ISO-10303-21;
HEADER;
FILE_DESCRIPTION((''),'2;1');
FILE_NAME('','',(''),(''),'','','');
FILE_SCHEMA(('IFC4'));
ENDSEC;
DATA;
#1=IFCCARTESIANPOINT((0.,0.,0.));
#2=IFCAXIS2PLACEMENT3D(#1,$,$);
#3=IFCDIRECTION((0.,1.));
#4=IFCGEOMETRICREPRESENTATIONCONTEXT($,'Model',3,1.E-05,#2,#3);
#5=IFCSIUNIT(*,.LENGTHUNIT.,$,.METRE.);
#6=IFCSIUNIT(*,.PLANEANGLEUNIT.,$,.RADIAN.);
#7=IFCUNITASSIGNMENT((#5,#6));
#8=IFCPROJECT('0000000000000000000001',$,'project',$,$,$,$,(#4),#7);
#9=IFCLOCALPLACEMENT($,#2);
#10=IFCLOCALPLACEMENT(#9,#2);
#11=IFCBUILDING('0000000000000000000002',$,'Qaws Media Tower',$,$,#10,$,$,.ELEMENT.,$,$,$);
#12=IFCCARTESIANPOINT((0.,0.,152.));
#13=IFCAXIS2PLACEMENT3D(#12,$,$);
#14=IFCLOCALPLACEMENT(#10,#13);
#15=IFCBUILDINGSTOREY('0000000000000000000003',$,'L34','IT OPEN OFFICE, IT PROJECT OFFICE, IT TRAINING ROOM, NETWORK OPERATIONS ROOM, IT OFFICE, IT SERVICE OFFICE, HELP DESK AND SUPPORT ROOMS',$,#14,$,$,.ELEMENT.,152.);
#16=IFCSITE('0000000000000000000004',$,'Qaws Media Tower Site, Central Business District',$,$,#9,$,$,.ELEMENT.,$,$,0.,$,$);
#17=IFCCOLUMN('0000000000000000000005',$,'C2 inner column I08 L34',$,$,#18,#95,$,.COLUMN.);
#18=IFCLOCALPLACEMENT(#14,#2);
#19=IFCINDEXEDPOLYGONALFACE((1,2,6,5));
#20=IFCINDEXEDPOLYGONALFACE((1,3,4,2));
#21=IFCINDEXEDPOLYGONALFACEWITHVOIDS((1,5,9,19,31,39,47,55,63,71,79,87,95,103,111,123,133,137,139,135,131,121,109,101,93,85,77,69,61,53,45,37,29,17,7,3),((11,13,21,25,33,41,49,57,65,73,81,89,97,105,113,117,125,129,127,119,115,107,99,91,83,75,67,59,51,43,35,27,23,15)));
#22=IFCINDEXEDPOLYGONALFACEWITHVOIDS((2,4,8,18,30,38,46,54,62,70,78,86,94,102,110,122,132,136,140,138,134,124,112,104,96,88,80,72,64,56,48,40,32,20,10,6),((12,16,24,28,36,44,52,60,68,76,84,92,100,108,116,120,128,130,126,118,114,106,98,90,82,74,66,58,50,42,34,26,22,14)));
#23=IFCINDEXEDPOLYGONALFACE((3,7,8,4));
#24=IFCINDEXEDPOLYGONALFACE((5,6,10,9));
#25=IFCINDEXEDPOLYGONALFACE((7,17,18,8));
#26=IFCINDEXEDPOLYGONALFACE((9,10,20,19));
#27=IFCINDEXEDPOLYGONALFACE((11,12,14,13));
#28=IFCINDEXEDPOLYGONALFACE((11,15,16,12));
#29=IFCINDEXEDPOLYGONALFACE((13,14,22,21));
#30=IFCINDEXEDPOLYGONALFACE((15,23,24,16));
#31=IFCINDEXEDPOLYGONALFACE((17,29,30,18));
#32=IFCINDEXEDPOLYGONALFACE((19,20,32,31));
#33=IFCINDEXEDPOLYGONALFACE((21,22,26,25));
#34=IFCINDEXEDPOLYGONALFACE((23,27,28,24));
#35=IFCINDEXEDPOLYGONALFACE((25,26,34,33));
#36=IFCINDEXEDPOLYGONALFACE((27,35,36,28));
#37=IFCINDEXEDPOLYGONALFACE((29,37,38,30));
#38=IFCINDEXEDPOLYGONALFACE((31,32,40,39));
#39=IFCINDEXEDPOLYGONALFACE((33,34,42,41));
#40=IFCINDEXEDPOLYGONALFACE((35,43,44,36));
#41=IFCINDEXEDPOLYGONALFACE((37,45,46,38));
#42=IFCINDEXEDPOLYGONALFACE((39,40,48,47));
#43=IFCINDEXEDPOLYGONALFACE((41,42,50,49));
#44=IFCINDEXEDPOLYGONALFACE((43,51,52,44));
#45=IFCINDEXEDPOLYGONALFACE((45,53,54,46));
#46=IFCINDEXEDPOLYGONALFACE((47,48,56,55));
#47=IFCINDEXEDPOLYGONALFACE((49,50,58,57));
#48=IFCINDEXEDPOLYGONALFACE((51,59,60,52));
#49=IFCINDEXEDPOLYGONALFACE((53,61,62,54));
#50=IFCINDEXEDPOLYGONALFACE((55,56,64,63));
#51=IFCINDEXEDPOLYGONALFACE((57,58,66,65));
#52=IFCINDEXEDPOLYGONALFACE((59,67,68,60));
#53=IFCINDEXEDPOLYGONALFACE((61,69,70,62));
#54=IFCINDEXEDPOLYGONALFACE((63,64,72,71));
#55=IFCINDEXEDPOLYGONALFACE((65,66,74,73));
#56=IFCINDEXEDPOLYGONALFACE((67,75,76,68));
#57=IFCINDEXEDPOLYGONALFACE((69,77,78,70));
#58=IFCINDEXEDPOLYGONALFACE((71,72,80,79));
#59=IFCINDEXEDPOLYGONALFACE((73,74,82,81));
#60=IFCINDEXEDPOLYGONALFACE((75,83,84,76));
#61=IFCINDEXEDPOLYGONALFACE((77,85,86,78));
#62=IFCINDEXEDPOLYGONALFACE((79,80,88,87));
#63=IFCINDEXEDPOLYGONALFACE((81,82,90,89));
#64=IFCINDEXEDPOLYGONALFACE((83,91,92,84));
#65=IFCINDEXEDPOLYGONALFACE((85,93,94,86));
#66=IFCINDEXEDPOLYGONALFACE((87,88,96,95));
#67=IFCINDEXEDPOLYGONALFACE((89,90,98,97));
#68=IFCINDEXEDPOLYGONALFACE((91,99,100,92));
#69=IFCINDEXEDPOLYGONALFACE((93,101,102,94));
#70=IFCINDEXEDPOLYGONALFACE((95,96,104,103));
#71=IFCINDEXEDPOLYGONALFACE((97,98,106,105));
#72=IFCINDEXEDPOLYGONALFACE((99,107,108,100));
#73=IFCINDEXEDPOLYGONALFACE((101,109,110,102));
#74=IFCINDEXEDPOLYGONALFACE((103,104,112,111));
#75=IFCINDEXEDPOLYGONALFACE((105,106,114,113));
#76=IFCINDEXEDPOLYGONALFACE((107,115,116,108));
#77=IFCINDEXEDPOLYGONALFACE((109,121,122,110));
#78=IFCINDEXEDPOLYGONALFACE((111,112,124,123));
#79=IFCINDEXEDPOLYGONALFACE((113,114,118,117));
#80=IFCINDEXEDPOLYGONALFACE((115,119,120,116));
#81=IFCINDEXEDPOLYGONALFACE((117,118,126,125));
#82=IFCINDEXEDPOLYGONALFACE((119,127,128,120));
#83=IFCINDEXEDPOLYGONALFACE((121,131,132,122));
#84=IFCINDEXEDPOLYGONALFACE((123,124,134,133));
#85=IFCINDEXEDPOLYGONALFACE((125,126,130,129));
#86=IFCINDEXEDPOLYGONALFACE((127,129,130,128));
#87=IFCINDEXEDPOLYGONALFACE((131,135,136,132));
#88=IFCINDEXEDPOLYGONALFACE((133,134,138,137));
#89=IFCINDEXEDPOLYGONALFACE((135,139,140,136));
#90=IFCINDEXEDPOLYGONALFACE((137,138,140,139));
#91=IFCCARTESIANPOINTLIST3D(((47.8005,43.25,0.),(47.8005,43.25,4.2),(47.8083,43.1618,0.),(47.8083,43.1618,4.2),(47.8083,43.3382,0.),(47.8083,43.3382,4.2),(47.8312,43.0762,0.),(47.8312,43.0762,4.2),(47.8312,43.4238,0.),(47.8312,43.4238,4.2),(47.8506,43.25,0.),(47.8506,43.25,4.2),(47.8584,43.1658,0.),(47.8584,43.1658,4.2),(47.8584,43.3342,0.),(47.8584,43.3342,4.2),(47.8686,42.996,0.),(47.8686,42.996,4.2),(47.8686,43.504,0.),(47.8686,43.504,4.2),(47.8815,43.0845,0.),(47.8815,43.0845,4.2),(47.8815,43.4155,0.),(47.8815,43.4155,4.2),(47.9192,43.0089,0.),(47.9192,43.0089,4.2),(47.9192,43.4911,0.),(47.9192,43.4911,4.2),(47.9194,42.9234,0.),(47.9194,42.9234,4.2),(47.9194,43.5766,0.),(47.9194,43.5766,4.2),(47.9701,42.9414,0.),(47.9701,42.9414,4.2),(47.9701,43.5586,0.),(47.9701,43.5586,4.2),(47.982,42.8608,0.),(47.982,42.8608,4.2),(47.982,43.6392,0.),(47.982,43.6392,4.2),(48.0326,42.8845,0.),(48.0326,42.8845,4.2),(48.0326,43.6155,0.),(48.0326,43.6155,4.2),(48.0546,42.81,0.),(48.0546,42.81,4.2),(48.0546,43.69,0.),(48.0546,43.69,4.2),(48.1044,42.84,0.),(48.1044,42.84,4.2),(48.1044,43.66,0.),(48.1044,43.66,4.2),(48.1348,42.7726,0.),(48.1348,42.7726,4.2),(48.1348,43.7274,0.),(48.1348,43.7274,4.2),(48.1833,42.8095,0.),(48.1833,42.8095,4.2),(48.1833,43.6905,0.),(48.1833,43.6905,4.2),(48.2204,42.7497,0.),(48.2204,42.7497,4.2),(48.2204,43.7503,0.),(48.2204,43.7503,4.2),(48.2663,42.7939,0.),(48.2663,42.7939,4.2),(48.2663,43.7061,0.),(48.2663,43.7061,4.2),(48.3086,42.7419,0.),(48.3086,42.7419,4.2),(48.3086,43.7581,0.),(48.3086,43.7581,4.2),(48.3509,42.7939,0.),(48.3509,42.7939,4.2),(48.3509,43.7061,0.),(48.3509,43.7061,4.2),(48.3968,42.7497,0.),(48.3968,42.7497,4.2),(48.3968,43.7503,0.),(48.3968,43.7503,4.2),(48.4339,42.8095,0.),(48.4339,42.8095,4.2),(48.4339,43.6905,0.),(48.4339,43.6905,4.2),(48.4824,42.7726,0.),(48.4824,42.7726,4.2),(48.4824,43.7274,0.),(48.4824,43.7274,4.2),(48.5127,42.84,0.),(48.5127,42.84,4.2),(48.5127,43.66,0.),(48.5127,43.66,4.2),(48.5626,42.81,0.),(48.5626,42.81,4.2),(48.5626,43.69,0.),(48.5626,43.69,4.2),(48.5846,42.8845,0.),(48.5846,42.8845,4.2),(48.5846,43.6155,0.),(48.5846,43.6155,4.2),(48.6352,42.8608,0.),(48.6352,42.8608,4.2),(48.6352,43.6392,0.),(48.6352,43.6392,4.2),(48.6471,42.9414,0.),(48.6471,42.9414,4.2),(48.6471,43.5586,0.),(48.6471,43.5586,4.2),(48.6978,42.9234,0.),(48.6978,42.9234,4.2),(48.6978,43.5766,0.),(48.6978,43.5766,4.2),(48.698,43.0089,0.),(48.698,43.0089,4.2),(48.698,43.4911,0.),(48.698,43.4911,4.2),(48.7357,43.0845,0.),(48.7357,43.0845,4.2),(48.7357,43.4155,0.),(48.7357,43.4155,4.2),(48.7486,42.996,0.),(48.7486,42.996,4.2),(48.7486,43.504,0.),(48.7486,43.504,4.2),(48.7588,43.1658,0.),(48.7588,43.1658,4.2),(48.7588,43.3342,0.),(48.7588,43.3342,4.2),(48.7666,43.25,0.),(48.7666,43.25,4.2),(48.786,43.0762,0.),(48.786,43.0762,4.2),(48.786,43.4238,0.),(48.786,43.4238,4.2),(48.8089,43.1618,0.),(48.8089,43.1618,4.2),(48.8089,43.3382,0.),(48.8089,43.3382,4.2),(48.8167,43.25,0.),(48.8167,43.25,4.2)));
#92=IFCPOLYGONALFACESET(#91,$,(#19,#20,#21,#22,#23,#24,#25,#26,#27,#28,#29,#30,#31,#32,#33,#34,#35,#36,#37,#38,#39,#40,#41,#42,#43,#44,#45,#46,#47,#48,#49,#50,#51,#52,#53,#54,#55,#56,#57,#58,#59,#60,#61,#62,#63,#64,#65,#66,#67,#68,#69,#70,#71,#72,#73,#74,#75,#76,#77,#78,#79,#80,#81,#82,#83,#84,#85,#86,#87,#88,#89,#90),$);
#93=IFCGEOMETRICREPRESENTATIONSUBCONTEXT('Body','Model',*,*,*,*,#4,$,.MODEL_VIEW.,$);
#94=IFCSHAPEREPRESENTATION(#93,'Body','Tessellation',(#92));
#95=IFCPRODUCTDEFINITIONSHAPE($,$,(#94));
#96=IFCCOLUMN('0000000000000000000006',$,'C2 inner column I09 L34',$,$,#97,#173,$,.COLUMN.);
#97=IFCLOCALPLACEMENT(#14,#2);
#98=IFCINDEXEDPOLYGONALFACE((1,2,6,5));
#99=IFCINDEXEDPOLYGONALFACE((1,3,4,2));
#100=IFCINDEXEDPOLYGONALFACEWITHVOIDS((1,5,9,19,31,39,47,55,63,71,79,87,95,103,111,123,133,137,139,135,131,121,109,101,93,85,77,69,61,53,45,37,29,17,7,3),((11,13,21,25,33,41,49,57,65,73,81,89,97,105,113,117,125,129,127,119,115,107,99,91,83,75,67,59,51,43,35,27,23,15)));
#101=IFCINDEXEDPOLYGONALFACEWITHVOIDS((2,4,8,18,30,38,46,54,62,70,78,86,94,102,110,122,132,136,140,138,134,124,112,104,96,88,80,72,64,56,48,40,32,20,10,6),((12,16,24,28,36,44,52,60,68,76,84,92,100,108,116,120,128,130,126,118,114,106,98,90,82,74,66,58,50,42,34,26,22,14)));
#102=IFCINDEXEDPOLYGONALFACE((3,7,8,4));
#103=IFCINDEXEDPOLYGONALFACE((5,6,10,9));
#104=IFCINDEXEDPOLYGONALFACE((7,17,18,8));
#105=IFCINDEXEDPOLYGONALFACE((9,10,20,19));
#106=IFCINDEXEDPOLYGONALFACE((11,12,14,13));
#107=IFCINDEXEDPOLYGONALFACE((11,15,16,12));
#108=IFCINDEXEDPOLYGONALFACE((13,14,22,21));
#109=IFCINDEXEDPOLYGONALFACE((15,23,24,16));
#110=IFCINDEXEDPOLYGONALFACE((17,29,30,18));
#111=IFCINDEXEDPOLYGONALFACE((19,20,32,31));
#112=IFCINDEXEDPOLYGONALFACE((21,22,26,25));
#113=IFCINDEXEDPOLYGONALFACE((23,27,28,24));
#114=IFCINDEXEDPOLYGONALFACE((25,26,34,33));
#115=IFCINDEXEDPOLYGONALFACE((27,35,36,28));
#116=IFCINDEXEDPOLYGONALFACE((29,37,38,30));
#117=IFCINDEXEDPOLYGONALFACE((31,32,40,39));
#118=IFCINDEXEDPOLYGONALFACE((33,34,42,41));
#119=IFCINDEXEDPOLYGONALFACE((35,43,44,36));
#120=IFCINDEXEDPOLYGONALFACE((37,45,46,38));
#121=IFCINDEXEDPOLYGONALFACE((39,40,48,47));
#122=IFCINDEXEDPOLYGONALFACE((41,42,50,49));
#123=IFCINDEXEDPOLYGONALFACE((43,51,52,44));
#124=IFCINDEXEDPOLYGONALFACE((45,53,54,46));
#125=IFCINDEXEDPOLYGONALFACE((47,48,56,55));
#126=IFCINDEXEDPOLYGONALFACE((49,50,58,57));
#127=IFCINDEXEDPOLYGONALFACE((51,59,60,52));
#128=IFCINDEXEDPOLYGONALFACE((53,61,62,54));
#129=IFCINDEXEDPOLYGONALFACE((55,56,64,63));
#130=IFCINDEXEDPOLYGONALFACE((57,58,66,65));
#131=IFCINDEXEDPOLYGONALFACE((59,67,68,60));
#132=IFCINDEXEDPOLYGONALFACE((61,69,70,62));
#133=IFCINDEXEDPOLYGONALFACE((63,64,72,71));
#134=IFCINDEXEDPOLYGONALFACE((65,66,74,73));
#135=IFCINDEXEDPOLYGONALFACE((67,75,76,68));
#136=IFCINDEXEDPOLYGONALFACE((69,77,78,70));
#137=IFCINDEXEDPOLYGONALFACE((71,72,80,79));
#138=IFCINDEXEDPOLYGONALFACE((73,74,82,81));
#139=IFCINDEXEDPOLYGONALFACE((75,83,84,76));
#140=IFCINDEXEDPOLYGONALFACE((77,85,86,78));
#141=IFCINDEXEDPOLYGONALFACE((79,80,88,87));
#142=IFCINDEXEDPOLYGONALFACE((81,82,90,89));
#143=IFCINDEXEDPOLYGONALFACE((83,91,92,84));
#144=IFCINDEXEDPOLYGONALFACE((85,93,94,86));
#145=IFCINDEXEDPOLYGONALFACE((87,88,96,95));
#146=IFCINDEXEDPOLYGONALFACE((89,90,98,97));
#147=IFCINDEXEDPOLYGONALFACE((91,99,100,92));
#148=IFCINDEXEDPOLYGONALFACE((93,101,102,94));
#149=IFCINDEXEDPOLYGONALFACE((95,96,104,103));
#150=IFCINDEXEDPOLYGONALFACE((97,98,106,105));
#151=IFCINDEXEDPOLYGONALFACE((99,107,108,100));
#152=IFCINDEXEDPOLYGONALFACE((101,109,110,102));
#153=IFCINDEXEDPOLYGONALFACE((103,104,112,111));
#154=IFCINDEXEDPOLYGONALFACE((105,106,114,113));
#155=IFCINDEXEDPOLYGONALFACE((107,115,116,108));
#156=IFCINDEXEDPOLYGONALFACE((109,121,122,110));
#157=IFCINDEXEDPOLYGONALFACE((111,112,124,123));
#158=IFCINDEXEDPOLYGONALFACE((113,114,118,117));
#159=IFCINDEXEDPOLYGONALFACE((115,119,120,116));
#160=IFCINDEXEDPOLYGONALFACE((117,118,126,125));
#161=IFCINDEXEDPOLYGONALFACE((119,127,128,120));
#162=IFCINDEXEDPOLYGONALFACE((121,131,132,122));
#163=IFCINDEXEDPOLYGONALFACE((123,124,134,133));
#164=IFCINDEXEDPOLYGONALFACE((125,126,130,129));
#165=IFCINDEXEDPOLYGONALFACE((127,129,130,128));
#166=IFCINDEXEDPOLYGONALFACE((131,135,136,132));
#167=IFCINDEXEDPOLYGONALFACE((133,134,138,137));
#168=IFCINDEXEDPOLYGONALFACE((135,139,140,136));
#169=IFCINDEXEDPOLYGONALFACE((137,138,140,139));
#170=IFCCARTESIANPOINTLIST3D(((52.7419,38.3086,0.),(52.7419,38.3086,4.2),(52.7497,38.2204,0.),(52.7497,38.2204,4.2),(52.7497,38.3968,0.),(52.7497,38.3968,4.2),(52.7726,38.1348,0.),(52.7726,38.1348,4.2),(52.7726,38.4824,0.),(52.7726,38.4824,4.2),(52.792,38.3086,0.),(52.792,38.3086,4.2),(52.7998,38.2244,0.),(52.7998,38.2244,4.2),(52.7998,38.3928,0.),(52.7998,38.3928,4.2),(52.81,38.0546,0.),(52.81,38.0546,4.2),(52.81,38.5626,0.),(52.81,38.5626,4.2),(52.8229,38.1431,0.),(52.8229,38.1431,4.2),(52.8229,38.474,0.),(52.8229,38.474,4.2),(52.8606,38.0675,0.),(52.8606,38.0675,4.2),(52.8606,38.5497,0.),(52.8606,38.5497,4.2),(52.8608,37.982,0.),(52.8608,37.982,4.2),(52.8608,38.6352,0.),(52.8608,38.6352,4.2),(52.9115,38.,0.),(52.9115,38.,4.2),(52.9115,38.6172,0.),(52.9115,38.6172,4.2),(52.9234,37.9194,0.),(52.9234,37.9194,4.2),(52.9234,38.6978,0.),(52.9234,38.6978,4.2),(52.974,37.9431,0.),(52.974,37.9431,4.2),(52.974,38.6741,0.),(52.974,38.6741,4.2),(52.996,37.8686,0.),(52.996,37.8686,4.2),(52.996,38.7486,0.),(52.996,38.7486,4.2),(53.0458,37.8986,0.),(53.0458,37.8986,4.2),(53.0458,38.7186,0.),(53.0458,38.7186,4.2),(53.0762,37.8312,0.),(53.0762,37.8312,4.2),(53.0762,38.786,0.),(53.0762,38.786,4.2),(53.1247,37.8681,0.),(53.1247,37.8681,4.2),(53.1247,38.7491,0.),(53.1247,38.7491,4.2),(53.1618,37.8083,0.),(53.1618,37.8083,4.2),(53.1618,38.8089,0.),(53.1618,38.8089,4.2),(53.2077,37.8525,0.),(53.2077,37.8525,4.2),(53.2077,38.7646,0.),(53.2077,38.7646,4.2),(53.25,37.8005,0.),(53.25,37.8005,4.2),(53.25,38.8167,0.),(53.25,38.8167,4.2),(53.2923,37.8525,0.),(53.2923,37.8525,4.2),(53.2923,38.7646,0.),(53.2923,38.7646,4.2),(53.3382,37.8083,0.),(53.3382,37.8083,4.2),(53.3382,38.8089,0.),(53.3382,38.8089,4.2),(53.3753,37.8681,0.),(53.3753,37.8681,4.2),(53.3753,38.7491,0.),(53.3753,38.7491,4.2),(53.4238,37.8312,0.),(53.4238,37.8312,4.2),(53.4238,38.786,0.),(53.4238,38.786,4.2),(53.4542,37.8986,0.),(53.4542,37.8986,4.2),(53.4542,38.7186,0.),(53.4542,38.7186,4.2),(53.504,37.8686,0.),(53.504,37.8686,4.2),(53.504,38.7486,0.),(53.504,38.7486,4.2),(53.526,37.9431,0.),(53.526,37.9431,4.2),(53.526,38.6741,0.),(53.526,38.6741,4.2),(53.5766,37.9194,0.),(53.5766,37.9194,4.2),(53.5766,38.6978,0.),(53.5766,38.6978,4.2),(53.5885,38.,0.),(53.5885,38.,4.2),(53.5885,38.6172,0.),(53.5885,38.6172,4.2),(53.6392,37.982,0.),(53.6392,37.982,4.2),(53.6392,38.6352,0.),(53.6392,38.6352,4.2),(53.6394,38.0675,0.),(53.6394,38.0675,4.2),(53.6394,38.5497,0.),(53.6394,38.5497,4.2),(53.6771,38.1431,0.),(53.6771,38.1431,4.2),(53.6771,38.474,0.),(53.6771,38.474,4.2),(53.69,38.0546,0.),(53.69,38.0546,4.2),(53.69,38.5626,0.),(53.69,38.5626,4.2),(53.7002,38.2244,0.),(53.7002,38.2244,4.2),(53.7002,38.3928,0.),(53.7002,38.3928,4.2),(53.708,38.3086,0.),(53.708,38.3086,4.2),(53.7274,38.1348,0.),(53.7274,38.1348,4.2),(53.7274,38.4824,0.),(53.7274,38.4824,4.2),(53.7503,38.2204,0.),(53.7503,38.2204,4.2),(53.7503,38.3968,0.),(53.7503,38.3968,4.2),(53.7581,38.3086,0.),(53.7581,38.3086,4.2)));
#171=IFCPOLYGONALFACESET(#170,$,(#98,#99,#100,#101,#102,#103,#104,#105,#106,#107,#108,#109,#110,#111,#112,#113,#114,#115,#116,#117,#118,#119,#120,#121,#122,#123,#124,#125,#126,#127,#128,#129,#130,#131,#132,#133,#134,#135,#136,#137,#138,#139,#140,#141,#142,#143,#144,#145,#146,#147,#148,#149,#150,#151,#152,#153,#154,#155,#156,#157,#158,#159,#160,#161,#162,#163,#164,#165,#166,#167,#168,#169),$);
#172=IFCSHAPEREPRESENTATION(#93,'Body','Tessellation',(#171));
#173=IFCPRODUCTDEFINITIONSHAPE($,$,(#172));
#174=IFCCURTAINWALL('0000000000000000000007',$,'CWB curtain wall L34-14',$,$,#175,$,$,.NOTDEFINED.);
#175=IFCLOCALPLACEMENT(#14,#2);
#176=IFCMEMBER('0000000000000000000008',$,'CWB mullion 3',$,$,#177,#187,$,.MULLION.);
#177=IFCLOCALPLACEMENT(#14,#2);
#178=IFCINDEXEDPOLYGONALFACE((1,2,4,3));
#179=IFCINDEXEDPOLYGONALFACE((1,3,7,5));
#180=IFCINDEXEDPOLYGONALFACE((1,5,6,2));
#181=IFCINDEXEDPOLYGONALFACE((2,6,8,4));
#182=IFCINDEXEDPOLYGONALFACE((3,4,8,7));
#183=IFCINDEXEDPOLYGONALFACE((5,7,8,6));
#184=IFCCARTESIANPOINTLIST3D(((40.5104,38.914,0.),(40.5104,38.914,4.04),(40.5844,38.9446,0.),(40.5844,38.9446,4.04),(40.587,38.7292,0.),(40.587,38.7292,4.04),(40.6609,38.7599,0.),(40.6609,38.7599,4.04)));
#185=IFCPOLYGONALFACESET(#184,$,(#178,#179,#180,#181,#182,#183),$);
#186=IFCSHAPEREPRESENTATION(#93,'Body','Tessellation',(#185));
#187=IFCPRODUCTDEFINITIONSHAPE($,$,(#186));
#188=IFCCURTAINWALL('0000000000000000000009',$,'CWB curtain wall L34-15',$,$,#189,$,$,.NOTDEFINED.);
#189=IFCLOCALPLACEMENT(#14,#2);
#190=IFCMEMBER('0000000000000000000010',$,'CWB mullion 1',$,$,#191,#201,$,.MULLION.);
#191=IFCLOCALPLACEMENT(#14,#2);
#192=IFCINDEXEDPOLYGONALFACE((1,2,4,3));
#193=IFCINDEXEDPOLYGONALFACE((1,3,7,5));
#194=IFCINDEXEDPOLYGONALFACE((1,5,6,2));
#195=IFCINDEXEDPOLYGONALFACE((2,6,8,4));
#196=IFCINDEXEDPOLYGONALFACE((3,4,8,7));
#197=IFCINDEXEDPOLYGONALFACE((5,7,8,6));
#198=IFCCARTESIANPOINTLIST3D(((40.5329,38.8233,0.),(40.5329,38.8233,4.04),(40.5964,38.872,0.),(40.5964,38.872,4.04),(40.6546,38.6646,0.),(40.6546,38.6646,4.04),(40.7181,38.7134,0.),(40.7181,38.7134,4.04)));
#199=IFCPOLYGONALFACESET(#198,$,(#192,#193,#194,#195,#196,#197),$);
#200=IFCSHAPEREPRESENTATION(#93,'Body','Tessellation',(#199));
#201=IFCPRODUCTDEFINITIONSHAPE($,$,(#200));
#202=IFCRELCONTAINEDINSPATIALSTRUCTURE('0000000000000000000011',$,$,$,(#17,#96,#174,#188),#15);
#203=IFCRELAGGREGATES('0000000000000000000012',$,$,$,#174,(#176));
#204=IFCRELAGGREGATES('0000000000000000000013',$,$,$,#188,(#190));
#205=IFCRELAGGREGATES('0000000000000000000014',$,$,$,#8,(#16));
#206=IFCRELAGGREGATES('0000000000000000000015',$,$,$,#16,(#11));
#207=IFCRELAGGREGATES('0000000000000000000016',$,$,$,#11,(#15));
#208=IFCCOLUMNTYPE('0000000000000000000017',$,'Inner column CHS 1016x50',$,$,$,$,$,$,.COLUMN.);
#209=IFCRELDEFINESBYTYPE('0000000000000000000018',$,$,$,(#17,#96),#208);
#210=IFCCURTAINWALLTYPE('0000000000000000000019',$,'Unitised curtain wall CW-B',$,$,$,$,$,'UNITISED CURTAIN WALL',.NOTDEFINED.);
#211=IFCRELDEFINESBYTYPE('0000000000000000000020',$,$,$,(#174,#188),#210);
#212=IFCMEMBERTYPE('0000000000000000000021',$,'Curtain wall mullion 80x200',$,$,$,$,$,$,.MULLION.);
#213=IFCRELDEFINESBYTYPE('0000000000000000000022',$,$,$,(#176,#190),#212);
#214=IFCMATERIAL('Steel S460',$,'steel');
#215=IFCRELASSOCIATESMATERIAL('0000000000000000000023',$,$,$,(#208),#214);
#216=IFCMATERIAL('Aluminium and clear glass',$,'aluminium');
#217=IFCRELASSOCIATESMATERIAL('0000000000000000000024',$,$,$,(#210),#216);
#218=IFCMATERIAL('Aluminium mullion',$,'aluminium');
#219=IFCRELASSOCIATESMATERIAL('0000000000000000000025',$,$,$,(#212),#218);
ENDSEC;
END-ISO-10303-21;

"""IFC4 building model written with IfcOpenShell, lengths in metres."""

from ifc_helpers import new_model, si_unit, direction, frame, origin, origin_2d, place, context, subcontext, project, spatial, rectangle, hollow_circle, extrude, material, material_profile, profile_set, type_object, element, aggregate, save


model = new_model("IFC4")

# Units and contexts
model_context = context("Model", 3, precision=1e-05, world=origin(), true_north=direction((0.0, 1.0)))
body_context = subcontext(model_context, "Body", "Model", "MODEL_VIEW")
ifc_project = project(units=[si_unit("LENGTHUNIT", "METRE"), si_unit("PLANEANGLEUNIT", "RADIAN")], contexts=[model_context])

# Site, building, storey
site_placement = place(None, origin())
site = spatial("IfcSite", under=ifc_project, at=site_placement, Name="Qaws Media Tower Site, Central Business District", CompositionType="ELEMENT", RefElevation=0.0)
building_placement = place(site_placement, origin())
building = spatial("IfcBuilding", under=site, at=building_placement, Name="Qaws Media Tower", CompositionType="ELEMENT")
storey_placement = place(building_placement, frame((0.0, 0.0, 152.0)))
storey = spatial("IfcBuildingStorey", under=building, at=storey_placement, Name="L34", Description="IT OPEN OFFICE, IT PROJECT OFFICE, IT TRAINING ROOM, NETWORK OPERATIONS ROOM, IT OFFICE, IT SERVICE OFFICE, HELP DESK AND SUPPORT ROOMS", CompositionType="ELEMENT", Elevation=152.0)

# Columns
ifc_material_1 = material(Name="Steel S460", Category="steel")
ifc_material_profile_1 = material_profile(ifc_material_1, hollow_circle(Radius=0.5081, WallThickness=0.05, at=origin_2d()), Name="CHS 1016x50")
ifc_profile_set_1 = profile_set([ifc_material_profile_1], Name="Steel S460")
column_type = type_object("IfcColumnType", Name="Inner column CHS 1016x50", PredefinedType="COLUMN", material=ifc_profile_set_1)
for number, where, z_axis, x_axis, name in (
    (1, (48.3086, 43.25, 0.0), (0.0, 0.0, 1.0), (1.0, 0.0, 0.0), "C2 inner column I08 L34"),
    (2, (53.25, 38.3086, 0.0), (0.0, 0.0, 1.0), (1.0, 0.0, 0.0), "C2 inner column I09 L34"),
):
    element("IfcColumn", number, at=place(storey_placement, frame(where, z_axis=z_axis, x_axis=x_axis)), inside=storey, type_object=column_type, Name=name, PredefinedType="COLUMN", context=body_context, shape_type="SweptSolid", body=[
        extrude(hollow_circle(Radius=0.5081, WallThickness=0.05, at=origin_2d()), origin(), (0.0, 0.0, 1.0), 4.2),
    ])

# Curtain wall, member
ifc_material_2 = material(Name="Aluminium and clear glass", Category="aluminium")
curtain_wall_type = type_object("IfcCurtainWallType", Name="Unitised curtain wall CW-B", ElementType="UNITISED CURTAIN WALL", PredefinedType="NOTDEFINED", material=ifc_material_2)
curtain_wall_1_placement = place(storey_placement, origin())
curtain_wall_1 = element("IfcCurtainWall", 3, at=curtain_wall_1_placement, inside=storey, type_object=curtain_wall_type, Name="CWB curtain wall L34-14", PredefinedType="NOTDEFINED")
ifc_material_3 = material(Name="Aluminium mullion", Category="aluminium")
ifc_material_profile_2 = material_profile(ifc_material_3, rectangle(XDim=0.0801, YDim=0.2, at=origin_2d()), Name="80x200")
ifc_profile_set_2 = profile_set([ifc_material_profile_2], Name="Aluminium mullion")
member_type_1 = type_object("IfcMemberType", Name="Curtain wall mullion 80x200", PredefinedType="MULLION", material=ifc_profile_set_2)
member_1_placement = place(storey_placement, frame((40.5857, 38.8369, 0.0), z_axis=(0.0, 0.0, 1.0), x_axis=(0.923879, 0.382684, 0.0)))
member_1 = element("IfcMember", 4, at=member_1_placement, type_object=member_type_1, Name="CWB mullion 3", PredefinedType="MULLION", context=body_context, shape_type="SweptSolid", body=[
    extrude(rectangle(XDim=0.0801, YDim=0.2, at=origin_2d()), origin(), (0.0, 0.0, 1.0), 4.04),
])

# Curtain wall, member
curtain_wall_2_placement = place(storey_placement, origin())
curtain_wall_2 = element("IfcCurtainWall", 5, at=curtain_wall_2_placement, inside=storey, type_object=curtain_wall_type, Name="CWB curtain wall L34-15", PredefinedType="NOTDEFINED")
member_2_placement = place(storey_placement, frame((40.6255, 38.7683, 0.0), z_axis=(0.0, 0.0, 1.0), x_axis=(0.793353, 0.608761, 0.0)))
member_2 = element("IfcMember", 6, at=member_2_placement, type_object=member_type_1, Name="CWB mullion 1", PredefinedType="MULLION", context=body_context, shape_type="SweptSolid", body=[
    extrude(rectangle(XDim=0.0801, YDim=0.2, at=origin_2d()), origin(), (0.0, 0.0, 1.0), 4.04),
])

aggregate(curtain_wall_1, [member_1])
aggregate(curtain_wall_2, [member_2])

save(model, "model.ifc")
